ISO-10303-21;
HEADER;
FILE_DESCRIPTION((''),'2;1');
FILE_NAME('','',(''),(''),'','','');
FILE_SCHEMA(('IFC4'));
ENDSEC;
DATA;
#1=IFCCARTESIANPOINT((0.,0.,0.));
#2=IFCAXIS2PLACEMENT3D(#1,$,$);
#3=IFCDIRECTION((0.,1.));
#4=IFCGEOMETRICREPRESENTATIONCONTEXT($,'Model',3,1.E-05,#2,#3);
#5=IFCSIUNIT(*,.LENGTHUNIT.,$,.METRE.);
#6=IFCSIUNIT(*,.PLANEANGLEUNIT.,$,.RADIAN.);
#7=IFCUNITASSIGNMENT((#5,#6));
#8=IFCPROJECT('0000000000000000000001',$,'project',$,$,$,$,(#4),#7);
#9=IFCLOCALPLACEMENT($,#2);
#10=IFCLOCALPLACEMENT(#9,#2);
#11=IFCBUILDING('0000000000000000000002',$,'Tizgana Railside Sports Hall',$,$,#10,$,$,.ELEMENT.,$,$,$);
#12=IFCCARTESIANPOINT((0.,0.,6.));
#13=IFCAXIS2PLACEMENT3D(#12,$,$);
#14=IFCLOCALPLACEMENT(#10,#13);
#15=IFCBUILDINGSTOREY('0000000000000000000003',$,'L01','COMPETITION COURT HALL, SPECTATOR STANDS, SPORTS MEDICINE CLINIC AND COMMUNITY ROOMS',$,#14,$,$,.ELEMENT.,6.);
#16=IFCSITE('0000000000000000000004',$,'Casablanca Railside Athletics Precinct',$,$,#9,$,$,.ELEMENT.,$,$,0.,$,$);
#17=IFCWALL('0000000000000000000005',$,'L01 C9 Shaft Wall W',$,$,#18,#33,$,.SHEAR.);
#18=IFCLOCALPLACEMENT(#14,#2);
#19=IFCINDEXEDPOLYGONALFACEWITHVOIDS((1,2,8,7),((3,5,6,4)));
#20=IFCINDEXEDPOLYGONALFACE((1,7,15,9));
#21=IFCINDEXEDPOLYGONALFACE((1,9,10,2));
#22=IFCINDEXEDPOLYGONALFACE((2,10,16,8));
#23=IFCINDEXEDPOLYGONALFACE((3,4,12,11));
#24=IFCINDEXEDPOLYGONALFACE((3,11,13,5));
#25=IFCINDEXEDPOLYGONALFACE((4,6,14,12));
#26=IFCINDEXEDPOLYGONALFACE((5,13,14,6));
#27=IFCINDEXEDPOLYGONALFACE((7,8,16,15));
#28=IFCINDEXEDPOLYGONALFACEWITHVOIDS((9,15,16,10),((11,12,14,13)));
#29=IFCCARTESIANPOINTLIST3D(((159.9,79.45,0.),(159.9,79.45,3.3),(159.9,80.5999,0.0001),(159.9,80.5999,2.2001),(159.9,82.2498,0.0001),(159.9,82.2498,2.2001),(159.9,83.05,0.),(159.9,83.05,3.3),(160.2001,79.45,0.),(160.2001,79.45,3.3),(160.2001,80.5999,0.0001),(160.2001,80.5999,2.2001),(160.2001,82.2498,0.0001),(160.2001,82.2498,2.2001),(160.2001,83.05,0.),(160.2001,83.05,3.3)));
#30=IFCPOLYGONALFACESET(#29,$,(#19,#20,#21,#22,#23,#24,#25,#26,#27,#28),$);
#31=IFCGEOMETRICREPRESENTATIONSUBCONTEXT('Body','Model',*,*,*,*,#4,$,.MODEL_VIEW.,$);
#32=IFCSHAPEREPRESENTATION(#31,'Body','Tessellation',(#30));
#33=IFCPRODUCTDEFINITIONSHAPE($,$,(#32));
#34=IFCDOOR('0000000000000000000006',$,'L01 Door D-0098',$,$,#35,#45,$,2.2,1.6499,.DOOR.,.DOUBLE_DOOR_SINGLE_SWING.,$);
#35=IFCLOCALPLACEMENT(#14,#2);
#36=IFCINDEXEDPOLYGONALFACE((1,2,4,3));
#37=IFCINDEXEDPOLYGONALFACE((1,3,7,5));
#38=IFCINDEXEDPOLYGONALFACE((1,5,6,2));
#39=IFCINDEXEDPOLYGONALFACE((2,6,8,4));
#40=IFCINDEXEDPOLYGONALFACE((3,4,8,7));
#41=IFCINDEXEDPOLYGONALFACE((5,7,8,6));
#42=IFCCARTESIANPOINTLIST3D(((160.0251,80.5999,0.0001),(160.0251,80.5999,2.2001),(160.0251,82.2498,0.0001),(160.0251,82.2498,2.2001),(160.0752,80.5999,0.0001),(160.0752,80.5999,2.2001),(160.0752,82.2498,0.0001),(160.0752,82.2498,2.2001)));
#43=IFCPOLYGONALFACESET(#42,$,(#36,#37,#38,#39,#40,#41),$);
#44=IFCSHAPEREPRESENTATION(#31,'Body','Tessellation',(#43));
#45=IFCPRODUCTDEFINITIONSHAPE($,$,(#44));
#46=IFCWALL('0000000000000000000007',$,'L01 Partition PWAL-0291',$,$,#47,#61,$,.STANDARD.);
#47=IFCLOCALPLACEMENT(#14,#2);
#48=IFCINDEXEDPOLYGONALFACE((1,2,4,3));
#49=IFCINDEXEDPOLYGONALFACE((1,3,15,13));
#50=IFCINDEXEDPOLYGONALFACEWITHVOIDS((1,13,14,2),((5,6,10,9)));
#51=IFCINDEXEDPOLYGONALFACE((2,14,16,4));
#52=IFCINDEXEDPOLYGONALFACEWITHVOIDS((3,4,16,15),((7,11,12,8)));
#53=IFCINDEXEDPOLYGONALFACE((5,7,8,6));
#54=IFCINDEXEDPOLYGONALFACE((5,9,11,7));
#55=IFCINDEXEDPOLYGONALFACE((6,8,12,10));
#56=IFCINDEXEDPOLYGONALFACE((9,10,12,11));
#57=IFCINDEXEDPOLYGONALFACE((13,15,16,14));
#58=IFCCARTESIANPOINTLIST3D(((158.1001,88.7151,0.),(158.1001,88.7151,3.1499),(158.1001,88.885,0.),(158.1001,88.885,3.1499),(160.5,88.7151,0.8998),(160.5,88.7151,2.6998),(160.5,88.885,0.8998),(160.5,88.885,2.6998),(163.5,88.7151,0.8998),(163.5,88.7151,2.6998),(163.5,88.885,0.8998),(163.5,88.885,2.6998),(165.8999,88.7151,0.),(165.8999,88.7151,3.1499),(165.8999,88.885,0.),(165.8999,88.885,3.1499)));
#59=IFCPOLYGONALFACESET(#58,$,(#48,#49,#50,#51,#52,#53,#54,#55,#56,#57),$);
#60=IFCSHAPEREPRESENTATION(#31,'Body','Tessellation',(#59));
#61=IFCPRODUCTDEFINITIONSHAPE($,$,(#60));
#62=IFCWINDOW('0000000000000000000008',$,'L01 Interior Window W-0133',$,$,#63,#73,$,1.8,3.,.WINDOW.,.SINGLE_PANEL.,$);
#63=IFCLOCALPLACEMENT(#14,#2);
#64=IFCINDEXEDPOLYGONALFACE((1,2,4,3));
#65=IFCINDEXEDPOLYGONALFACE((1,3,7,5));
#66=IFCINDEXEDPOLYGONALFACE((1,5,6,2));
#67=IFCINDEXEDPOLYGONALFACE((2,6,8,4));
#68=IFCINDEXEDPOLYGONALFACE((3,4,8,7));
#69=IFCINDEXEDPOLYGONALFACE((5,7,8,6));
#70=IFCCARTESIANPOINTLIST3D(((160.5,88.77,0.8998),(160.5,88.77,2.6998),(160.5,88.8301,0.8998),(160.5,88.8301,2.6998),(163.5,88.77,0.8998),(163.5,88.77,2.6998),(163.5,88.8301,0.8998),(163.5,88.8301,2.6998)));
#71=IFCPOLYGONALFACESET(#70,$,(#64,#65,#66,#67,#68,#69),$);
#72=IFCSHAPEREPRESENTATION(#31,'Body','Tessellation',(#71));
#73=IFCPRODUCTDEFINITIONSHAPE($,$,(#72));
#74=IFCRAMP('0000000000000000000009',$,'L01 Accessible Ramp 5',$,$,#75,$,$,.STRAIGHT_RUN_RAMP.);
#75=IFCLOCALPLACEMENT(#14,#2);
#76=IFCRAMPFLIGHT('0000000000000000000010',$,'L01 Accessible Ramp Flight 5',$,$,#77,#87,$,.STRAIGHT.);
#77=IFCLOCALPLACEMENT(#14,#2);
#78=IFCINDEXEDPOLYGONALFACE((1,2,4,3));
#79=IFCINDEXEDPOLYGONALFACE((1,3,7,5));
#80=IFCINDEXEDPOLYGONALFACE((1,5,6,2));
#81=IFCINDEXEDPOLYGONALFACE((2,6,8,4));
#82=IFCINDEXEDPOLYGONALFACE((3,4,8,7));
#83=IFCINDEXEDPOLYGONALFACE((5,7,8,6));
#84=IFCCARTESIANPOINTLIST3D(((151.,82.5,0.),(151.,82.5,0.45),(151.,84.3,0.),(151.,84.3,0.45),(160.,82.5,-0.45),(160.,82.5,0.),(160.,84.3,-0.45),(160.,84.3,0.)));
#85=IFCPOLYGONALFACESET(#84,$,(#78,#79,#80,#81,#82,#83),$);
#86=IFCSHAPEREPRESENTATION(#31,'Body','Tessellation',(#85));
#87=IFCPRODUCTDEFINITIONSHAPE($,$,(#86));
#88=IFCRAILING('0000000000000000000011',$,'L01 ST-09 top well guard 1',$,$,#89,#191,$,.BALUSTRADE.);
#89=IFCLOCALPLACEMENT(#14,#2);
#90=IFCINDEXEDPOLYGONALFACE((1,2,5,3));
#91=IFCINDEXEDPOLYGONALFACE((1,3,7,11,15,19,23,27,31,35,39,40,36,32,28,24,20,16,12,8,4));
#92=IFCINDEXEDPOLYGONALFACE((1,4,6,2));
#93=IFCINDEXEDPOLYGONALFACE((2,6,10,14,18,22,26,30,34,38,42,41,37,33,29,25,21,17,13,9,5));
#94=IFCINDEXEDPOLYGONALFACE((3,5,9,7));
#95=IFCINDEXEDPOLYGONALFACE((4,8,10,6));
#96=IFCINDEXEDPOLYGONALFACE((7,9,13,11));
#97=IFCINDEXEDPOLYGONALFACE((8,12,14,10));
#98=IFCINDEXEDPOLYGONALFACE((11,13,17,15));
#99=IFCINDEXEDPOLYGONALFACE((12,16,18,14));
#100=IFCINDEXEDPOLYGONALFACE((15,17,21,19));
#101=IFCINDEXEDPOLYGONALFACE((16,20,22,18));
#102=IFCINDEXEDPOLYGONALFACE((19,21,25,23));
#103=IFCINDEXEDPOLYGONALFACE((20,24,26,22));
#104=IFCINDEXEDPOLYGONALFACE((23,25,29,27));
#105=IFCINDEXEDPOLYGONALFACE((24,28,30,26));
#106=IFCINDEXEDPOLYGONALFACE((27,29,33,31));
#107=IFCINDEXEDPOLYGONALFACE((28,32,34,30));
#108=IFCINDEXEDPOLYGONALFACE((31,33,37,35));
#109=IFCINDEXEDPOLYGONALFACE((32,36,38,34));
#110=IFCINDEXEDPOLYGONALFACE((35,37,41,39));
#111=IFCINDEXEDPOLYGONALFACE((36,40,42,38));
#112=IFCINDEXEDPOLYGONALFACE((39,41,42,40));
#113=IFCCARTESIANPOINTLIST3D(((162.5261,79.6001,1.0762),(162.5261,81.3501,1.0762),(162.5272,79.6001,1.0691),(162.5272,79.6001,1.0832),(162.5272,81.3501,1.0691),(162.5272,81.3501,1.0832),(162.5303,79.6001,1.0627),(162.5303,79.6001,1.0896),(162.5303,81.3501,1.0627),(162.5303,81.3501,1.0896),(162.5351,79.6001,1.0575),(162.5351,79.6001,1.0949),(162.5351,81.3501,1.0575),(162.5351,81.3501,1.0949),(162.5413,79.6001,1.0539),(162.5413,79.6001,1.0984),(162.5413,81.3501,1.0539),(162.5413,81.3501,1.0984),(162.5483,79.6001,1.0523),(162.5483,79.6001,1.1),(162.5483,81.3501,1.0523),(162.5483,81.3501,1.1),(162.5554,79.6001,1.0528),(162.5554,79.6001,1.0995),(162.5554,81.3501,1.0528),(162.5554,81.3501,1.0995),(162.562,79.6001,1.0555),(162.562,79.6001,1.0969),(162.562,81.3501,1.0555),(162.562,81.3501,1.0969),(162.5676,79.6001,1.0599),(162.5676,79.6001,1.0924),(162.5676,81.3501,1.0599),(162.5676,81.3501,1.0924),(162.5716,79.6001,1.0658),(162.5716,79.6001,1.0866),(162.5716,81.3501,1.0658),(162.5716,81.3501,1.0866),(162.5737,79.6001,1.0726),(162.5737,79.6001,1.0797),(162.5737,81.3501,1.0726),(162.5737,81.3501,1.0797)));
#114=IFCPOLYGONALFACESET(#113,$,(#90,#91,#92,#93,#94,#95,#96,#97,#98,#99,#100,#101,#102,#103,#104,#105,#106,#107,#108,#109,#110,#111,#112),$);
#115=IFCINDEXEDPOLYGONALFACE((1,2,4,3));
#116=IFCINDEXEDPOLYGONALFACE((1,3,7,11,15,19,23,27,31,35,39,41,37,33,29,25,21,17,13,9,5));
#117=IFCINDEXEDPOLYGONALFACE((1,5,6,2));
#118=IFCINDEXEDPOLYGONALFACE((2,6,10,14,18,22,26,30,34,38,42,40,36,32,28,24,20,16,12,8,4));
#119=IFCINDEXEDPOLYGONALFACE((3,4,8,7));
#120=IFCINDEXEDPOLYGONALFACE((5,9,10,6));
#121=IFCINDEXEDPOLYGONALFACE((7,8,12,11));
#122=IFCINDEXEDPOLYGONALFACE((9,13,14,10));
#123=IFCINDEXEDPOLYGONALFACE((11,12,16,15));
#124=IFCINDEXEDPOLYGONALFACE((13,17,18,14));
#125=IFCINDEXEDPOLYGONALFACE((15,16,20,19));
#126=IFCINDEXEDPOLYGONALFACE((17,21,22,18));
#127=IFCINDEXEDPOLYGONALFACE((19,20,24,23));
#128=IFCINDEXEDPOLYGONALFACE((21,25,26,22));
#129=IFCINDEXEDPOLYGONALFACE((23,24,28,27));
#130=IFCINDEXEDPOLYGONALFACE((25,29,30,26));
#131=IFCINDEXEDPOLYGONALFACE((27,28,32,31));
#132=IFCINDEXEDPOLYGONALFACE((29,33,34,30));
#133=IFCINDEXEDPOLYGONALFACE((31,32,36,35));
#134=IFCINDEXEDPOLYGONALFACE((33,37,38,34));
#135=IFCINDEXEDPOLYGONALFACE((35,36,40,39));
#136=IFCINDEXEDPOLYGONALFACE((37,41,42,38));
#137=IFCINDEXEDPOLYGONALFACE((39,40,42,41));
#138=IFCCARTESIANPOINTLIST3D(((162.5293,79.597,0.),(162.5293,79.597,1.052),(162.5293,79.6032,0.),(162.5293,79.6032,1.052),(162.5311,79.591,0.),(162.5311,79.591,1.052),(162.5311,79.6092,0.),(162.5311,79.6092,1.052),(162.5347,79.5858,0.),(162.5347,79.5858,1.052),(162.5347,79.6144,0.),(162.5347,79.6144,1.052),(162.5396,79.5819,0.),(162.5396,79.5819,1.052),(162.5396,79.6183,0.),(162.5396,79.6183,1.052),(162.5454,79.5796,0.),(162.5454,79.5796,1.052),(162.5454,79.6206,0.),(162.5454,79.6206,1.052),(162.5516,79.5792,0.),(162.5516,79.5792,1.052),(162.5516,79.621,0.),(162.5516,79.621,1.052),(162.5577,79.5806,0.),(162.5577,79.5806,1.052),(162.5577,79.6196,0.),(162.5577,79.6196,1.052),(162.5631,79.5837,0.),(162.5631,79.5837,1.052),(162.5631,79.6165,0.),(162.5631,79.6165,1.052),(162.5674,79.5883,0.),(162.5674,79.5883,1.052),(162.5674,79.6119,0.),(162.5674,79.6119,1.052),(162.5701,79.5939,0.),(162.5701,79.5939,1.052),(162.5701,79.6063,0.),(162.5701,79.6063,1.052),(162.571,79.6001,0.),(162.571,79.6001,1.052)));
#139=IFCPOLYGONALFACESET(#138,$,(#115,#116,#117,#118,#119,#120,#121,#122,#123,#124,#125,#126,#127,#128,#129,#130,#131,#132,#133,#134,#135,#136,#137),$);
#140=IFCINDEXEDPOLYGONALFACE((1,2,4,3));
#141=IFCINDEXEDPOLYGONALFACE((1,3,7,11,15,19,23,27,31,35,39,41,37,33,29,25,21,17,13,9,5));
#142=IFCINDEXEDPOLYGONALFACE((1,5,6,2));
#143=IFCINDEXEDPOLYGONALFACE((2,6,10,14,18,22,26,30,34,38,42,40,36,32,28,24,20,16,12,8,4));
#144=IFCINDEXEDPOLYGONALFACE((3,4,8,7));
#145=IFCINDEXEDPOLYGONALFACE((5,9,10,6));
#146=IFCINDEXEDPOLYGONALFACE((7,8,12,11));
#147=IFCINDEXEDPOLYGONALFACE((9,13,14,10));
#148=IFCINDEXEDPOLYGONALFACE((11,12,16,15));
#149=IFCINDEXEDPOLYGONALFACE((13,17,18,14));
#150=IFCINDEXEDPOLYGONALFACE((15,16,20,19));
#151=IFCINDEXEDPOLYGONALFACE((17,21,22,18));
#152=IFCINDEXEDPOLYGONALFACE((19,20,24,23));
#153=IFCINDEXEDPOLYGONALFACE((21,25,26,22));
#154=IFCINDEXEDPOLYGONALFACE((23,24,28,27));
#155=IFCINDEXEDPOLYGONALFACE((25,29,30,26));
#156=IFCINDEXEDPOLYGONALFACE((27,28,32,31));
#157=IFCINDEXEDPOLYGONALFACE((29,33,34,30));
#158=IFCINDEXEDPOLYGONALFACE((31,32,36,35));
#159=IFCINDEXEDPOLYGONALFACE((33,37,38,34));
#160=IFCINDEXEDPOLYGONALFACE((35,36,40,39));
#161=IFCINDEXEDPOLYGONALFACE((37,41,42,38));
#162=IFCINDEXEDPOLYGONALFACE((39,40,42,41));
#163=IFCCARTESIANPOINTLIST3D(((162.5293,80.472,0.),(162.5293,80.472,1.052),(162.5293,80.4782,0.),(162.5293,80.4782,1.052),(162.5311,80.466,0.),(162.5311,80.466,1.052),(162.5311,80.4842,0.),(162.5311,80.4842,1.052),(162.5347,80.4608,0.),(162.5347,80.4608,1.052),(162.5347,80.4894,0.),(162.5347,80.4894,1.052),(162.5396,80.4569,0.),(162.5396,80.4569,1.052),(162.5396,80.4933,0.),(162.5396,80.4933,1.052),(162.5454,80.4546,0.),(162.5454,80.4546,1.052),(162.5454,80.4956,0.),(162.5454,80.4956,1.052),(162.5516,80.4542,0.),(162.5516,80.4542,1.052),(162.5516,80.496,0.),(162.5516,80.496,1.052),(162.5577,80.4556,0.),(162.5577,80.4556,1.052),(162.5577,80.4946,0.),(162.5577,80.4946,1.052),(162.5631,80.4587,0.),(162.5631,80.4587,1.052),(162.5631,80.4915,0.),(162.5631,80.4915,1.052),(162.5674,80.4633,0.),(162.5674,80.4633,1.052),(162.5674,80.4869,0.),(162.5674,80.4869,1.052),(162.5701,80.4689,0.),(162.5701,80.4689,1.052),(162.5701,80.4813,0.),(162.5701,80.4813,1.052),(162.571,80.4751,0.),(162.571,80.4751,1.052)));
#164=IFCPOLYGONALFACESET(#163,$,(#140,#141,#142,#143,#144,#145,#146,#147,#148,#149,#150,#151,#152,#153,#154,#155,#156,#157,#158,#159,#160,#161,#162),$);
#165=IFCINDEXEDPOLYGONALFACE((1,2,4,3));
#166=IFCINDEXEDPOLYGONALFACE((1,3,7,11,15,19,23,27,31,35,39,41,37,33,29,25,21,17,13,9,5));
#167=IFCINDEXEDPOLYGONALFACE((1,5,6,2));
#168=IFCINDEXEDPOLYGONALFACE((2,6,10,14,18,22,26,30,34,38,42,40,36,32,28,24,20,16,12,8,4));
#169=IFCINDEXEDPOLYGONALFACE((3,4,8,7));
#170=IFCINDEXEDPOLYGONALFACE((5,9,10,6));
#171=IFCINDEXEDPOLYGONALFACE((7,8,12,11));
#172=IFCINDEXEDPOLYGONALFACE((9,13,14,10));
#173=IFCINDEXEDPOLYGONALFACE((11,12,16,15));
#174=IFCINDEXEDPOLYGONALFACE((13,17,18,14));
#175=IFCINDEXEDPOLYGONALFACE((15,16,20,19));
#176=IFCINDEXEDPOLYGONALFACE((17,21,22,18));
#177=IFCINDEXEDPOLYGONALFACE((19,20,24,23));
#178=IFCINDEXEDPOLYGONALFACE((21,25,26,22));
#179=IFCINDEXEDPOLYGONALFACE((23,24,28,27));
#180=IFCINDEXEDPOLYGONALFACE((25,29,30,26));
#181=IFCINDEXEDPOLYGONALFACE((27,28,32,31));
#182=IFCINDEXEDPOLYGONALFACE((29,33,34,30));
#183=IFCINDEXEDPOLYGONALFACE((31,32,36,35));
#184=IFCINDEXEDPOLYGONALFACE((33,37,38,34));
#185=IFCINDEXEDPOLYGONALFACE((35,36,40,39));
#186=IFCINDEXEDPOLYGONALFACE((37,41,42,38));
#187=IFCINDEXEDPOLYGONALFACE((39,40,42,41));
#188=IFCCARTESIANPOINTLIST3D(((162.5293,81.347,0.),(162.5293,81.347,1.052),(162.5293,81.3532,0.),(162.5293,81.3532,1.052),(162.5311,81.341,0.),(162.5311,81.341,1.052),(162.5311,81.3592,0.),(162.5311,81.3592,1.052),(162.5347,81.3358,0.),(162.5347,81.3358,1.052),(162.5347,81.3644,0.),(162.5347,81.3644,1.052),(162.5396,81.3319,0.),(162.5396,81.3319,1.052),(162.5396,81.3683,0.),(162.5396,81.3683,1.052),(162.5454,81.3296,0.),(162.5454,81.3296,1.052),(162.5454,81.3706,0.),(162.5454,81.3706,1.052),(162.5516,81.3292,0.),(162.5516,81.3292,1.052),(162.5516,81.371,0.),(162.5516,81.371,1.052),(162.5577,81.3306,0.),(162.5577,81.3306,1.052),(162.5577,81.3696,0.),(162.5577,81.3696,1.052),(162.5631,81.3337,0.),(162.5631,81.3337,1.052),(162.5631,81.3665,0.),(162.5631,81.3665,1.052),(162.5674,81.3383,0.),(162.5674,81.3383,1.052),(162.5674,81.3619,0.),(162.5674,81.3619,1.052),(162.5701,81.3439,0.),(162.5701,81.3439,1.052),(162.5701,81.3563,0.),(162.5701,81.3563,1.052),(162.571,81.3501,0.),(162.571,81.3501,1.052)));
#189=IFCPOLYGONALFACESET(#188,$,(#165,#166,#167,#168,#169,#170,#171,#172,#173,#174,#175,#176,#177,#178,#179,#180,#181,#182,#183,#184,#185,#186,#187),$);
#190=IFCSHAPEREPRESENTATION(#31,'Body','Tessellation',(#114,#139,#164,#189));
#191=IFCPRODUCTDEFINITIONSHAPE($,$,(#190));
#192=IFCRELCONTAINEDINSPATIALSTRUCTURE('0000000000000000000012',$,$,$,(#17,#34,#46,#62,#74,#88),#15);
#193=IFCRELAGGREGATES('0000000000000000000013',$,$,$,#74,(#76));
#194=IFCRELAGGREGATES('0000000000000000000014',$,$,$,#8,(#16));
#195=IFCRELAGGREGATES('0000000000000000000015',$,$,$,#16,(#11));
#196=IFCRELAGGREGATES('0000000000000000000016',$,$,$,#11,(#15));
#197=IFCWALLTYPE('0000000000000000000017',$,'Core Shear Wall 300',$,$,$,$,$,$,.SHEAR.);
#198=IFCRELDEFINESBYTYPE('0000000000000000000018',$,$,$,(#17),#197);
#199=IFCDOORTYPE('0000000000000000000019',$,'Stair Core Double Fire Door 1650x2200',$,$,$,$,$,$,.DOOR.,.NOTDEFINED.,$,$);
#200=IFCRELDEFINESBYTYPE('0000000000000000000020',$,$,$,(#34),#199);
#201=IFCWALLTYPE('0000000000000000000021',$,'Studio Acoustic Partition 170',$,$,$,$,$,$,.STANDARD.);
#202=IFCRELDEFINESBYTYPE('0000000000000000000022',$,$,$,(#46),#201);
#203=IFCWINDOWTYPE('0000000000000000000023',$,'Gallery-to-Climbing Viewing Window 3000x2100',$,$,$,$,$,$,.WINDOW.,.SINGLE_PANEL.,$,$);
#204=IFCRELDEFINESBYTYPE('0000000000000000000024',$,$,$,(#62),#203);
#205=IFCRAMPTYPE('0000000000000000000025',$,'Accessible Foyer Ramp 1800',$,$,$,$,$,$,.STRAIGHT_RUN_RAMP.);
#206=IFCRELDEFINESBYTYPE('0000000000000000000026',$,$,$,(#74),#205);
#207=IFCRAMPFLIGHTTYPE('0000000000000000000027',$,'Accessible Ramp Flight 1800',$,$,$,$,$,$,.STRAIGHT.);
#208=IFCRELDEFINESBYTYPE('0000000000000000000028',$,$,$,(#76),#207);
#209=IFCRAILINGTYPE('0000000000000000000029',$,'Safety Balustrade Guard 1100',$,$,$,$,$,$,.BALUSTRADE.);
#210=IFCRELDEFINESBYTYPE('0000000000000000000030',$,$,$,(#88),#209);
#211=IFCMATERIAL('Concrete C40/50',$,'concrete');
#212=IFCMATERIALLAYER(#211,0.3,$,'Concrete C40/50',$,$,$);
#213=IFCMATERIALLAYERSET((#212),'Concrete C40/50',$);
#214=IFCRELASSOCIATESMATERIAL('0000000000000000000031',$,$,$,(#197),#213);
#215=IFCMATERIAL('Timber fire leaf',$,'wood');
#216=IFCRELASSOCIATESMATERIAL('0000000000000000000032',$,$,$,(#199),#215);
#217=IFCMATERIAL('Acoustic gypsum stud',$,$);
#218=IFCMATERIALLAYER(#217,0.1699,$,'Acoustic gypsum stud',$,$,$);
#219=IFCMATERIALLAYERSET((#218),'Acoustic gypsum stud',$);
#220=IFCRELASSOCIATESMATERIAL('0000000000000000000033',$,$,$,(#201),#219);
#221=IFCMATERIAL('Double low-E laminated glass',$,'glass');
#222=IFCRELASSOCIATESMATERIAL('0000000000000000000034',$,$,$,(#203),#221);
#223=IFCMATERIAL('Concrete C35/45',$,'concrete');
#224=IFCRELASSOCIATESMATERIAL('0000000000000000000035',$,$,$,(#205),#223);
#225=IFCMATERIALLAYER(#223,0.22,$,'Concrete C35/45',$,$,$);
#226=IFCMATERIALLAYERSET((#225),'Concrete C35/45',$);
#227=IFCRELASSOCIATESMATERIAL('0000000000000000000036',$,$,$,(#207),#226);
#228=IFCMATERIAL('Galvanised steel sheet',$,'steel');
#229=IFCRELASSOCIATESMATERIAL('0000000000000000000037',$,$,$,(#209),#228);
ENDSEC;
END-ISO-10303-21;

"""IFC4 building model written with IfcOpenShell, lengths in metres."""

from ifc_helpers import new_model, si_unit, direction, frame, frame_2d, origin, origin_2d, place, context, subcontext, project, spatial, polyline, rectangle, circle, outline, extrude, material, layer, layer_set, type_object, element, fill, aggregate, save


model = new_model("IFC4")

# Units and contexts
model_context = context("Model", 3, precision=1e-05, world=origin(), true_north=direction((0.0, 1.0)))
body_context = subcontext(model_context, "Body", "Model", "MODEL_VIEW")
ifc_project = project(units=[si_unit("LENGTHUNIT", "METRE"), si_unit("PLANEANGLEUNIT", "RADIAN")], contexts=[model_context])

# Site, building, storey
site_placement = place(None, origin())
site = spatial("IfcSite", under=ifc_project, at=site_placement, Name="Casablanca Railside Athletics Precinct", CompositionType="ELEMENT", RefElevation=0.0)
building_placement = place(site_placement, origin())
building = spatial("IfcBuilding", under=site, at=building_placement, Name="Tizgana Railside Sports Hall", CompositionType="ELEMENT")
storey_placement = place(building_placement, frame((0.0, 0.0, 6.0)))
storey = spatial("IfcBuildingStorey", under=building, at=storey_placement, Name="L01", Description="COMPETITION COURT HALL, SPECTATOR STANDS, SPORTS MEDICINE CLINIC AND COMMUNITY ROOMS", CompositionType="ELEMENT", Elevation=6.0)

# Shared definitions
ifc_material_1 = material(Name="Concrete C40/50", Category="concrete")

# Shared definitions
ifc_material_2 = material(Name="Double low-E laminated glass", Category="glass")

# Shared definitions
ifc_layer_1 = layer(ifc_material_1, 0.3, Name="Concrete C40/50")
ifc_layer_set_1 = layer_set([ifc_layer_1], Name="Concrete C40/50")
wall_type_1 = type_object("IfcWallType", Name="Core Shear Wall 300", PredefinedType="SHEAR", material=ifc_layer_set_1)

# Wall, opening, door
wall_1_placement = place(storey_placement, frame((160.05, 79.45, 0.0), z_axis=(0.0, 0.0, 1.0), x_axis=(0.0, 1.0, 0.0)))
wall_1 = element("IfcWall", 1, at=wall_1_placement, inside=storey, type_object=wall_type_1, Name="L01 C9 Shaft Wall W", PredefinedType="SHEAR", context=body_context, shape_type="SweptSolid", body=[
    extrude(rectangle(XDim=3.6001, YDim=0.3, at=frame_2d((1.8, 0.0))), origin(), (0.0, 0.0, 1.0), 3.3),
])
opening_1_placement = place(wall_1_placement, frame((1.1499, 0.0, 0.0)))
opening_1 = element("IfcOpeningElement", 2, at=opening_1_placement, cuts=wall_1, PredefinedType="OPENING", context=body_context, shape_type="SweptSolid", body=[
    extrude(rectangle(XDim=1.6499, YDim=2.2, at=frame_2d((0.825, 1.1001))), frame((0.0, 0.1599, 0.0), z_axis=(0.0, -1.0, 0.0), x_axis=(1.0, 0.0, 0.0)), (0.0, 0.0, 1.0), 0.3201),
])
ifc_material_3 = material(Name="Timber fire leaf", Category="wood")
door_type = type_object("IfcDoorType", Name="Stair Core Double Fire Door 1650x2200", OperationType="NOTDEFINED", PredefinedType="DOOR", material=ifc_material_3)
door_placement = place(opening_1_placement, origin())
door = element("IfcDoor", 3, at=door_placement, inside=storey, type_object=door_type, Name="L01 Door D-0098", OperationType="DOUBLE_DOOR_SINGLE_SWING", OverallHeight=2.2, OverallWidth=1.6499, PredefinedType="DOOR", context=body_context, shape_type="SweptSolid", body=[
    extrude(rectangle(XDim=1.6499, YDim=2.2, at=frame_2d((0.825, 1.1001))), frame((0.0, 0.0249, 0.0), z_axis=(0.0, -1.0, 0.0), x_axis=(1.0, 0.0, 0.0)), (0.0, 0.0, 1.0), 0.05),
])
fill(opening_1, door)

# Wall, opening, window
ifc_material_4 = material(Name="Acoustic gypsum stud")
ifc_layer_2 = layer(ifc_material_4, 0.1699, Name="Acoustic gypsum stud")
ifc_layer_set_2 = layer_set([ifc_layer_2], Name="Acoustic gypsum stud")
wall_type_2 = type_object("IfcWallType", Name="Studio Acoustic Partition 170", PredefinedType="STANDARD", material=ifc_layer_set_2)
wall_2_placement = place(storey_placement, frame((158.1001, 88.8, 0.0), z_axis=(0.0, 0.0, 1.0), x_axis=(1.0, 0.0, 0.0)))
wall_2 = element("IfcWall", 4, at=wall_2_placement, inside=storey, type_object=wall_type_2, Name="L01 Partition PWAL-0291", PredefinedType="STANDARD", context=body_context, shape_type="SweptSolid", body=[
    extrude(rectangle(XDim=7.7998, YDim=0.1699, at=frame_2d((3.8999, 0.0))), origin(), (0.0, 0.0, 1.0), 3.1499),
])
opening_2_placement = place(wall_2_placement, frame((2.3999, 0.0, 0.8999)))
opening_2 = element("IfcOpeningElement", 5, at=opening_2_placement, cuts=wall_2, PredefinedType="OPENING", context=body_context, shape_type="SweptSolid", body=[
    extrude(rectangle(XDim=3.0, YDim=1.8, at=frame_2d((1.5, 0.8999))), frame((0.0, 0.095, 0.0), z_axis=(0.0, -1.0, 0.0), x_axis=(1.0, 0.0, 0.0)), (0.0, 0.0, 1.0), 0.1899),
])
window_type = type_object("IfcWindowType", Name="Gallery-to-Climbing Viewing Window 3000x2100", PartitioningType="SINGLE_PANEL", PredefinedType="WINDOW", material=ifc_material_2)
window_placement = place(opening_2_placement, origin())
window = element("IfcWindow", 6, at=window_placement, inside=storey, type_object=window_type, Name="L01 Interior Window W-0133", OverallHeight=1.8, OverallWidth=3.0, PartitioningType="SINGLE_PANEL", PredefinedType="WINDOW", context=body_context, shape_type="SweptSolid", body=[
    extrude(rectangle(XDim=3.0, YDim=1.8, at=frame_2d((1.5, 0.8999))), frame((0.0, 0.03, 0.0), z_axis=(0.0, -1.0, 0.0), x_axis=(1.0, 0.0, 0.0)), (0.0, 0.0, 1.0), 0.0601),
])
fill(opening_2, window)

# Ramp, ramp flight
ifc_material_5 = material(Name="Concrete C35/45", Category="concrete")
ramp_type = type_object("IfcRampType", Name="Accessible Foyer Ramp 1800", PredefinedType="STRAIGHT_RUN_RAMP", material=ifc_material_5)
ramp_placement = place(storey_placement, origin())
ramp = element("IfcRamp", 7, at=ramp_placement, inside=storey, type_object=ramp_type, Name="L01 Accessible Ramp 5", PredefinedType="STRAIGHT_RUN_RAMP")
ifc_layer_3 = layer(ifc_material_5, 0.22, Name="Concrete C35/45")
ifc_layer_set_3 = layer_set([ifc_layer_3], Name="Concrete C35/45")
ramp_flight_type = type_object("IfcRampFlightType", Name="Accessible Ramp Flight 1800", PredefinedType="STRAIGHT", material=ifc_layer_set_3)
ramp_flight_placement = place(storey_placement, frame((160.0, 83.3999, 0.0), z_axis=(0.0, 0.0, 1.0), x_axis=(-1.0, 0.0, 0.0)))
ramp_flight = element("IfcRampFlight", 8, at=ramp_flight_placement, type_object=ramp_flight_type, Name="L01 Accessible Ramp Flight 5", PredefinedType="STRAIGHT", context=body_context, shape_type="SweptSolid", body=[
    extrude(outline(polyline([(0.0, 0.0), (9.0, 0.45), (9.0, 0.0), (0.0, -0.45), (0.0, 0.0)])), frame((0.0, 0.8999, 0.0), z_axis=(0.0, -1.0, 0.0), x_axis=(1.0, 0.0, 0.0)), (0.0, 0.0, 1.0), 1.8),
])
aggregate(ramp, [ramp_flight])

# Railing
ifc_material_6 = material(Name="Galvanised steel sheet", Category="steel")
railing_type_1 = type_object("IfcRailingType", Name="Safety Balustrade Guard 1100", PredefinedType="BALUSTRADE", material=ifc_material_6)
railing_1_placement = place(storey_placement, frame((162.55, 79.6001, 0.0)))
element("IfcRailing", 9, at=railing_1_placement, inside=storey, type_object=railing_type_1, Name="L01 ST-09 top well guard 1", PredefinedType="BALUSTRADE", context=body_context, shape_type="SweptSolid", body=[
    extrude(circle(Radius=0.0239, at=origin_2d()), frame((0.0, 0.0, 1.0762), z_axis=(0.0, 1.0, 0.0), x_axis=(-1.0, 0.0, 0.0)), (0.0, 0.0, 1.0), 1.75),
    extrude(circle(Radius=0.021, at=origin_2d()), origin(), (0.0, 0.0, 1.0), 1.052),
    extrude(circle(Radius=0.021, at=origin_2d()), frame((0.0, 0.875, 0.0)), (0.0, 0.0, 1.0), 1.052),
    extrude(circle(Radius=0.021, at=origin_2d()), frame((0.0, 1.75, 0.0)), (0.0, 0.0, 1.0), 1.052),
])

save(model, "model.ifc")
